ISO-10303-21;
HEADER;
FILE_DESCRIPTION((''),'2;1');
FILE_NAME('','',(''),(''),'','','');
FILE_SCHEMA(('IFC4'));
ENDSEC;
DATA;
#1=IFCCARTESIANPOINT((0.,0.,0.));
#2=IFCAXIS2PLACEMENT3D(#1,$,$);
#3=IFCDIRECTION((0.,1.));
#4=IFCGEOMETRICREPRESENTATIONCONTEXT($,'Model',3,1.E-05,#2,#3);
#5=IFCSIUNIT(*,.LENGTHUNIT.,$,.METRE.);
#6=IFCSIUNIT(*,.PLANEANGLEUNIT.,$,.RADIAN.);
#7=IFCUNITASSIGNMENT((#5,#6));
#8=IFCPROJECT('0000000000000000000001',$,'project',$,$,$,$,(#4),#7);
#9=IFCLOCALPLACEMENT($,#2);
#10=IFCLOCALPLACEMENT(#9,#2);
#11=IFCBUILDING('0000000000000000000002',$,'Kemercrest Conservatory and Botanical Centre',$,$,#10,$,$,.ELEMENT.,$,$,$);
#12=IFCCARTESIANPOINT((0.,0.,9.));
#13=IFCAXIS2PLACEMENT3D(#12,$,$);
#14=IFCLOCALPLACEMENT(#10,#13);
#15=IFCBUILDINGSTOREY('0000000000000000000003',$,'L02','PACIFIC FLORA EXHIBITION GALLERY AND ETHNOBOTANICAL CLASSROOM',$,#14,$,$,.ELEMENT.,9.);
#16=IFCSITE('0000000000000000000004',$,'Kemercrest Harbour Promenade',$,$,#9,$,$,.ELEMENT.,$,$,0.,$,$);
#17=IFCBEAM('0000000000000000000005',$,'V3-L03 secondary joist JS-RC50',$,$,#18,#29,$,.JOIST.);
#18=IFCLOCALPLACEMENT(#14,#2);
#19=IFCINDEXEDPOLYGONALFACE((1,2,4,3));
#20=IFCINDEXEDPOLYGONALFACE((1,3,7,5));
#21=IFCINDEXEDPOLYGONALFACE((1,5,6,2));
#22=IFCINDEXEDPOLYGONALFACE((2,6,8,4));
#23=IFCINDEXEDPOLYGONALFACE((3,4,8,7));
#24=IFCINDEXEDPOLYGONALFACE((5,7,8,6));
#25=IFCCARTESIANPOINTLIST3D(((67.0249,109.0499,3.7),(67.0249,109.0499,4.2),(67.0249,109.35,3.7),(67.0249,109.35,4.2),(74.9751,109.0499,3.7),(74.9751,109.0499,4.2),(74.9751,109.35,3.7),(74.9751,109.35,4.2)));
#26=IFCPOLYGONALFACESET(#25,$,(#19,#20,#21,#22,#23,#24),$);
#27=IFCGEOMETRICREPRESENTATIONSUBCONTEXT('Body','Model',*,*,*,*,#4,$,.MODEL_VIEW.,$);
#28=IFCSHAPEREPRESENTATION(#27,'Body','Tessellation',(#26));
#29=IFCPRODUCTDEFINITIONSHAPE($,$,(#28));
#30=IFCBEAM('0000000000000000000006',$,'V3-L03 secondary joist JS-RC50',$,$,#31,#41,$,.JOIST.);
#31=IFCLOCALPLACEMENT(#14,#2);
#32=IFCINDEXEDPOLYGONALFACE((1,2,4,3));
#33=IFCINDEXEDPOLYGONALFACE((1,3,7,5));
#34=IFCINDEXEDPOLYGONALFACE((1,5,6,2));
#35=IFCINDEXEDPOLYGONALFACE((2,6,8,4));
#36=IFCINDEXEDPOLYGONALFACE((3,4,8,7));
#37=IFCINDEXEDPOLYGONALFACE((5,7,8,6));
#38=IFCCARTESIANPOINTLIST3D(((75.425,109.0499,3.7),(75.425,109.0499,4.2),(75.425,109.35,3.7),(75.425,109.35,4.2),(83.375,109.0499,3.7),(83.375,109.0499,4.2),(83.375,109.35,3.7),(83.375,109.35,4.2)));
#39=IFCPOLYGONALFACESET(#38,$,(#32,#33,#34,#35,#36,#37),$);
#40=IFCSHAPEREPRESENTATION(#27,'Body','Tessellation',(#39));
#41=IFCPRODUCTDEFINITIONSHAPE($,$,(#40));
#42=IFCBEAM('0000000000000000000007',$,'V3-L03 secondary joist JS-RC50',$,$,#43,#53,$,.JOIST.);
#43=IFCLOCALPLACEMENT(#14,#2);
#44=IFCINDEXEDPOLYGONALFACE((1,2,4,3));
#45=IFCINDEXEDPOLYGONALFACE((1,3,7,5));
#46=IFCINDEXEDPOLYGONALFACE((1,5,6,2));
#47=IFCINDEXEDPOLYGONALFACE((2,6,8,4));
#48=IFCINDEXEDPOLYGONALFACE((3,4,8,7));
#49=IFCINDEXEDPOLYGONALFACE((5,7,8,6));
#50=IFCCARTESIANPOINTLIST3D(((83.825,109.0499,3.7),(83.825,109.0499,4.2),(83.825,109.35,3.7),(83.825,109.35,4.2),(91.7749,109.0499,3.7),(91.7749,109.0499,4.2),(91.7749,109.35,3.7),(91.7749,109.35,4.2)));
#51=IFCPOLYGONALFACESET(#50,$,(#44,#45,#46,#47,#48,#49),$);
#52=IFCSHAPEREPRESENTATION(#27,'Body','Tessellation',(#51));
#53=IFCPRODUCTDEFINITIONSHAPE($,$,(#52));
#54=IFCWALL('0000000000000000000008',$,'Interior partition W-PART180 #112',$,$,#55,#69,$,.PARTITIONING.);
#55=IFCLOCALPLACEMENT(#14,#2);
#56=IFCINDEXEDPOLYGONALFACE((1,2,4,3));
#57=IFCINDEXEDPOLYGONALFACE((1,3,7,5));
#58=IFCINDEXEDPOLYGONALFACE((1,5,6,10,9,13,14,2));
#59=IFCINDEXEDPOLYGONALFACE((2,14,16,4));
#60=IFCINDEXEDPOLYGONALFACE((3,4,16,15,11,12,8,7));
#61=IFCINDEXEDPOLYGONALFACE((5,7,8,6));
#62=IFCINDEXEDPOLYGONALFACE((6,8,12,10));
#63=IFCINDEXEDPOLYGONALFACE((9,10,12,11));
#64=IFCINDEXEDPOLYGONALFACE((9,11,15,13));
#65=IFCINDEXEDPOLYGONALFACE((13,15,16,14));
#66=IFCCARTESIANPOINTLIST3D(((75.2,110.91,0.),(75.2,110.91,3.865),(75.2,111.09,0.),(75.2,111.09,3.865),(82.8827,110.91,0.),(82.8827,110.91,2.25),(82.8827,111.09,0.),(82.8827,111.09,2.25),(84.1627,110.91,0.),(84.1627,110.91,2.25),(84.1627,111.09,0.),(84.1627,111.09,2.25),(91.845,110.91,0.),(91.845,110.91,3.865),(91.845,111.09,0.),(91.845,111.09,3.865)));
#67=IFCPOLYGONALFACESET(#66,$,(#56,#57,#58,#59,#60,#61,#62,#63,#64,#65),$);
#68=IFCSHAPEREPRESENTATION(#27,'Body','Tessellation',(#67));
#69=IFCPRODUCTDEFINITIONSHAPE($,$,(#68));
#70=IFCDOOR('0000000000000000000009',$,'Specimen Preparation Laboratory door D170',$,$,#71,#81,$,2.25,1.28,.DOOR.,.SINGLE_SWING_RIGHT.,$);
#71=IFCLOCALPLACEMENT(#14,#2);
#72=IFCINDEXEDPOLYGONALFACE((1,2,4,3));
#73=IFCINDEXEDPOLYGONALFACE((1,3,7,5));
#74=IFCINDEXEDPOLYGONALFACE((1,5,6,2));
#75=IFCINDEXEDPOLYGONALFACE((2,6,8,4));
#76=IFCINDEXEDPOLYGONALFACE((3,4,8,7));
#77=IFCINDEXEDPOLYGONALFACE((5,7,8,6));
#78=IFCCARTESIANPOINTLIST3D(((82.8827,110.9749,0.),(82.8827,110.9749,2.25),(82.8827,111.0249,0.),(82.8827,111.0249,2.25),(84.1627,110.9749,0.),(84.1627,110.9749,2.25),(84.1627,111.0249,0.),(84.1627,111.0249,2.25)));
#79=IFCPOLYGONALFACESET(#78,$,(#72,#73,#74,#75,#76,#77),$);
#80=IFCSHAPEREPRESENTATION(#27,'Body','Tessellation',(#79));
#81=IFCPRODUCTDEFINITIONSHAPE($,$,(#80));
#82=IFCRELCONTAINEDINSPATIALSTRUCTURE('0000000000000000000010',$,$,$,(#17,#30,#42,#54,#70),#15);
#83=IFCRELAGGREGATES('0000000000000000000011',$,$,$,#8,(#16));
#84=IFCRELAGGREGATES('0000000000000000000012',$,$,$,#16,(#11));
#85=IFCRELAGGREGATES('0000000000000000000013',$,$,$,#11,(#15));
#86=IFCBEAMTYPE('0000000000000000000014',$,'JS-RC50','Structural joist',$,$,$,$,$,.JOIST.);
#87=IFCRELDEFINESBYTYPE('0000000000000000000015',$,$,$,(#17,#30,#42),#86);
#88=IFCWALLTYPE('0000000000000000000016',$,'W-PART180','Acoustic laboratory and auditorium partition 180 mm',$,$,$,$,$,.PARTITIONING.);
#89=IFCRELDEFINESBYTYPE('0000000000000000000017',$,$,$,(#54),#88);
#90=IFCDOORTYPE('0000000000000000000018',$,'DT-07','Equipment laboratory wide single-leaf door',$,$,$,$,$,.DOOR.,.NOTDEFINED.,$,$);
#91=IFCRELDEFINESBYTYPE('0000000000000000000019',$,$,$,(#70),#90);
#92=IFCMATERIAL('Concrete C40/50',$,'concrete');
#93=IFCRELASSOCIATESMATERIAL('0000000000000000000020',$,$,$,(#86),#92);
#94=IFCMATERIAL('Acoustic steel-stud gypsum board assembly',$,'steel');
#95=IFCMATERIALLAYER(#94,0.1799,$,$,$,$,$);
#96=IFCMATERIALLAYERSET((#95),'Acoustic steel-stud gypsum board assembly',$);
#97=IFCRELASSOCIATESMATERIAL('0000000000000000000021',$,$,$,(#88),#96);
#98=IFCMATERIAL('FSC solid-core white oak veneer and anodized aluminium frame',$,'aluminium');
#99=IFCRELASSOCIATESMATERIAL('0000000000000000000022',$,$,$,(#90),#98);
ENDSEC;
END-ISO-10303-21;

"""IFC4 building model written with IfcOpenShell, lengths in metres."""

from ifc_helpers import new_model, si_unit, direction, frame, frame_2d, origin, origin_2d, place, context, subcontext, project, spatial, rectangle, extrude, material, layer, layer_set, material_profile, profile_set, type_object, element, fill, save


model = new_model("IFC4")

# Units and contexts
model_context = context("Model", 3, precision=1e-05, world=origin(), true_north=direction((0.0, 1.0)))
body_context = subcontext(model_context, "Body", "Model", "MODEL_VIEW")
ifc_project = project(units=[si_unit("LENGTHUNIT", "METRE"), si_unit("PLANEANGLEUNIT", "RADIAN")], contexts=[model_context])

# Site, building, storey
site_placement = place(None, origin())
site = spatial("IfcSite", under=ifc_project, at=site_placement, Name="Kemercrest Harbour Promenade", CompositionType="ELEMENT", RefElevation=0.0)
building_placement = place(site_placement, origin())
building = spatial("IfcBuilding", under=site, at=building_placement, Name="Kemercrest Conservatory and Botanical Centre", CompositionType="ELEMENT")
storey_placement = place(building_placement, frame((0.0, 0.0, 9.0)))
storey = spatial("IfcBuildingStorey", under=building, at=storey_placement, Name="L02", Description="PACIFIC FLORA EXHIBITION GALLERY AND ETHNOBOTANICAL CLASSROOM", CompositionType="ELEMENT", Elevation=9.0)

# Shared definitions
ifc_material_1 = material(Name="Concrete C40/50", Category="concrete")

# Beams
ifc_material_profile_1 = material_profile(ifc_material_1, rectangle(XDim=0.3, YDim=0.5, at=origin_2d()), Name="RC 300x500")
ifc_profile_set_1 = profile_set([ifc_material_profile_1], Name="Concrete C40/50")
beam_type_1 = type_object("IfcBeamType", Name="JS-RC50", Description="Structural joist", PredefinedType="JOIST", material=ifc_profile_set_1)
beam_1_placement = place(storey_placement, frame((67.0249, 109.2, 3.95), z_axis=(1.0, 0.0, 0.0), x_axis=(0.0, 1.0, 0.0)))
element("IfcBeam", 1, at=beam_1_placement, inside=storey, type_object=beam_type_1, Name="V3-L03 secondary joist JS-RC50", PredefinedType="JOIST", context=body_context, shape_type="SweptSolid", body=[
    extrude(rectangle(XDim=0.3, YDim=0.5, at=origin_2d()), origin(), (0.0, 0.0, 1.0), 7.9502),
])
for number, where, z_axis, x_axis, name in (
    (2, (75.425, 109.2, 3.95), (1.0, 0.0, 0.0), (0.0, 1.0, 0.0), "V3-L03 secondary joist JS-RC50"),
    (3, (83.825, 109.2, 3.95), (1.0, 0.0, 0.0), (0.0, 1.0, 0.0), "V3-L03 secondary joist JS-RC50"),
):
    element("IfcBeam", number, at=place(storey_placement, frame(where, z_axis=z_axis, x_axis=x_axis)), inside=storey, type_object=beam_type_1, Name=name, PredefinedType="JOIST", context=body_context, shape_type="SweptSolid", body=[
        extrude(rectangle(XDim=0.3, YDim=0.5, at=origin_2d()), origin(), (0.0, 0.0, 1.0), 7.95),
    ])

# Wall, opening, door
ifc_material_2 = material(Name="Acoustic steel-stud gypsum board assembly", Category="steel")
ifc_layer = layer(ifc_material_2, 0.1799)
ifc_layer_set = layer_set([ifc_layer], Name="Acoustic steel-stud gypsum board assembly")
wall_type = type_object("IfcWallType", Name="W-PART180", Description="Acoustic laboratory and auditorium partition 180 mm", PredefinedType="PARTITIONING", material=ifc_layer_set)
wall_placement = place(storey_placement, frame((75.2, 111.0, 0.0), z_axis=(0.0, 0.0, 1.0), x_axis=(1.0, 0.0, 0.0)))
wall = element("IfcWall", 4, at=wall_placement, inside=storey, type_object=wall_type, Name="Interior partition W-PART180 #112", PredefinedType="PARTITIONING", context=body_context, shape_type="SweptSolid", body=[
    extrude(rectangle(XDim=16.645, YDim=0.1799, at=frame_2d((8.3225, 0.0))), origin(), (0.0, 0.0, 1.0), 3.865),
])
opening_placement = place(wall_placement, frame((7.6826, 0.0, 0.0)))
opening = element("IfcOpeningElement", 5, at=opening_placement, cuts=wall, PredefinedType="OPENING", context=body_context, shape_type="SweptSolid", body=[
    extrude(rectangle(XDim=1.28, YDim=2.25, at=frame_2d((0.6401, 1.125))), frame((0.0, 0.1001, 0.0), z_axis=(0.0, -1.0, 0.0), x_axis=(1.0, 0.0, 0.0)), (0.0, 0.0, 1.0), 0.2),
])
ifc_material_3 = material(Name="FSC solid-core white oak veneer and anodized aluminium frame", Category="aluminium")
door_type = type_object("IfcDoorType", Name="DT-07", Description="Equipment laboratory wide single-leaf door", OperationType="NOTDEFINED", PredefinedType="DOOR", material=ifc_material_3)
door_placement = place(opening_placement, origin())
door = element("IfcDoor", 6, at=door_placement, inside=storey, type_object=door_type, Name="Specimen Preparation Laboratory door D170", OperationType="SINGLE_SWING_RIGHT", OverallHeight=2.25, OverallWidth=1.28, PredefinedType="DOOR", context=body_context, shape_type="SweptSolid", body=[
    extrude(rectangle(XDim=1.28, YDim=2.25, at=frame_2d((0.6401, 1.125))), frame((0.0, 0.0249, 0.0), z_axis=(0.0, -1.0, 0.0), x_axis=(1.0, 0.0, 0.0)), (0.0, 0.0, 1.0), 0.05),
])
fill(opening, door)

save(model, "model.ifc")
